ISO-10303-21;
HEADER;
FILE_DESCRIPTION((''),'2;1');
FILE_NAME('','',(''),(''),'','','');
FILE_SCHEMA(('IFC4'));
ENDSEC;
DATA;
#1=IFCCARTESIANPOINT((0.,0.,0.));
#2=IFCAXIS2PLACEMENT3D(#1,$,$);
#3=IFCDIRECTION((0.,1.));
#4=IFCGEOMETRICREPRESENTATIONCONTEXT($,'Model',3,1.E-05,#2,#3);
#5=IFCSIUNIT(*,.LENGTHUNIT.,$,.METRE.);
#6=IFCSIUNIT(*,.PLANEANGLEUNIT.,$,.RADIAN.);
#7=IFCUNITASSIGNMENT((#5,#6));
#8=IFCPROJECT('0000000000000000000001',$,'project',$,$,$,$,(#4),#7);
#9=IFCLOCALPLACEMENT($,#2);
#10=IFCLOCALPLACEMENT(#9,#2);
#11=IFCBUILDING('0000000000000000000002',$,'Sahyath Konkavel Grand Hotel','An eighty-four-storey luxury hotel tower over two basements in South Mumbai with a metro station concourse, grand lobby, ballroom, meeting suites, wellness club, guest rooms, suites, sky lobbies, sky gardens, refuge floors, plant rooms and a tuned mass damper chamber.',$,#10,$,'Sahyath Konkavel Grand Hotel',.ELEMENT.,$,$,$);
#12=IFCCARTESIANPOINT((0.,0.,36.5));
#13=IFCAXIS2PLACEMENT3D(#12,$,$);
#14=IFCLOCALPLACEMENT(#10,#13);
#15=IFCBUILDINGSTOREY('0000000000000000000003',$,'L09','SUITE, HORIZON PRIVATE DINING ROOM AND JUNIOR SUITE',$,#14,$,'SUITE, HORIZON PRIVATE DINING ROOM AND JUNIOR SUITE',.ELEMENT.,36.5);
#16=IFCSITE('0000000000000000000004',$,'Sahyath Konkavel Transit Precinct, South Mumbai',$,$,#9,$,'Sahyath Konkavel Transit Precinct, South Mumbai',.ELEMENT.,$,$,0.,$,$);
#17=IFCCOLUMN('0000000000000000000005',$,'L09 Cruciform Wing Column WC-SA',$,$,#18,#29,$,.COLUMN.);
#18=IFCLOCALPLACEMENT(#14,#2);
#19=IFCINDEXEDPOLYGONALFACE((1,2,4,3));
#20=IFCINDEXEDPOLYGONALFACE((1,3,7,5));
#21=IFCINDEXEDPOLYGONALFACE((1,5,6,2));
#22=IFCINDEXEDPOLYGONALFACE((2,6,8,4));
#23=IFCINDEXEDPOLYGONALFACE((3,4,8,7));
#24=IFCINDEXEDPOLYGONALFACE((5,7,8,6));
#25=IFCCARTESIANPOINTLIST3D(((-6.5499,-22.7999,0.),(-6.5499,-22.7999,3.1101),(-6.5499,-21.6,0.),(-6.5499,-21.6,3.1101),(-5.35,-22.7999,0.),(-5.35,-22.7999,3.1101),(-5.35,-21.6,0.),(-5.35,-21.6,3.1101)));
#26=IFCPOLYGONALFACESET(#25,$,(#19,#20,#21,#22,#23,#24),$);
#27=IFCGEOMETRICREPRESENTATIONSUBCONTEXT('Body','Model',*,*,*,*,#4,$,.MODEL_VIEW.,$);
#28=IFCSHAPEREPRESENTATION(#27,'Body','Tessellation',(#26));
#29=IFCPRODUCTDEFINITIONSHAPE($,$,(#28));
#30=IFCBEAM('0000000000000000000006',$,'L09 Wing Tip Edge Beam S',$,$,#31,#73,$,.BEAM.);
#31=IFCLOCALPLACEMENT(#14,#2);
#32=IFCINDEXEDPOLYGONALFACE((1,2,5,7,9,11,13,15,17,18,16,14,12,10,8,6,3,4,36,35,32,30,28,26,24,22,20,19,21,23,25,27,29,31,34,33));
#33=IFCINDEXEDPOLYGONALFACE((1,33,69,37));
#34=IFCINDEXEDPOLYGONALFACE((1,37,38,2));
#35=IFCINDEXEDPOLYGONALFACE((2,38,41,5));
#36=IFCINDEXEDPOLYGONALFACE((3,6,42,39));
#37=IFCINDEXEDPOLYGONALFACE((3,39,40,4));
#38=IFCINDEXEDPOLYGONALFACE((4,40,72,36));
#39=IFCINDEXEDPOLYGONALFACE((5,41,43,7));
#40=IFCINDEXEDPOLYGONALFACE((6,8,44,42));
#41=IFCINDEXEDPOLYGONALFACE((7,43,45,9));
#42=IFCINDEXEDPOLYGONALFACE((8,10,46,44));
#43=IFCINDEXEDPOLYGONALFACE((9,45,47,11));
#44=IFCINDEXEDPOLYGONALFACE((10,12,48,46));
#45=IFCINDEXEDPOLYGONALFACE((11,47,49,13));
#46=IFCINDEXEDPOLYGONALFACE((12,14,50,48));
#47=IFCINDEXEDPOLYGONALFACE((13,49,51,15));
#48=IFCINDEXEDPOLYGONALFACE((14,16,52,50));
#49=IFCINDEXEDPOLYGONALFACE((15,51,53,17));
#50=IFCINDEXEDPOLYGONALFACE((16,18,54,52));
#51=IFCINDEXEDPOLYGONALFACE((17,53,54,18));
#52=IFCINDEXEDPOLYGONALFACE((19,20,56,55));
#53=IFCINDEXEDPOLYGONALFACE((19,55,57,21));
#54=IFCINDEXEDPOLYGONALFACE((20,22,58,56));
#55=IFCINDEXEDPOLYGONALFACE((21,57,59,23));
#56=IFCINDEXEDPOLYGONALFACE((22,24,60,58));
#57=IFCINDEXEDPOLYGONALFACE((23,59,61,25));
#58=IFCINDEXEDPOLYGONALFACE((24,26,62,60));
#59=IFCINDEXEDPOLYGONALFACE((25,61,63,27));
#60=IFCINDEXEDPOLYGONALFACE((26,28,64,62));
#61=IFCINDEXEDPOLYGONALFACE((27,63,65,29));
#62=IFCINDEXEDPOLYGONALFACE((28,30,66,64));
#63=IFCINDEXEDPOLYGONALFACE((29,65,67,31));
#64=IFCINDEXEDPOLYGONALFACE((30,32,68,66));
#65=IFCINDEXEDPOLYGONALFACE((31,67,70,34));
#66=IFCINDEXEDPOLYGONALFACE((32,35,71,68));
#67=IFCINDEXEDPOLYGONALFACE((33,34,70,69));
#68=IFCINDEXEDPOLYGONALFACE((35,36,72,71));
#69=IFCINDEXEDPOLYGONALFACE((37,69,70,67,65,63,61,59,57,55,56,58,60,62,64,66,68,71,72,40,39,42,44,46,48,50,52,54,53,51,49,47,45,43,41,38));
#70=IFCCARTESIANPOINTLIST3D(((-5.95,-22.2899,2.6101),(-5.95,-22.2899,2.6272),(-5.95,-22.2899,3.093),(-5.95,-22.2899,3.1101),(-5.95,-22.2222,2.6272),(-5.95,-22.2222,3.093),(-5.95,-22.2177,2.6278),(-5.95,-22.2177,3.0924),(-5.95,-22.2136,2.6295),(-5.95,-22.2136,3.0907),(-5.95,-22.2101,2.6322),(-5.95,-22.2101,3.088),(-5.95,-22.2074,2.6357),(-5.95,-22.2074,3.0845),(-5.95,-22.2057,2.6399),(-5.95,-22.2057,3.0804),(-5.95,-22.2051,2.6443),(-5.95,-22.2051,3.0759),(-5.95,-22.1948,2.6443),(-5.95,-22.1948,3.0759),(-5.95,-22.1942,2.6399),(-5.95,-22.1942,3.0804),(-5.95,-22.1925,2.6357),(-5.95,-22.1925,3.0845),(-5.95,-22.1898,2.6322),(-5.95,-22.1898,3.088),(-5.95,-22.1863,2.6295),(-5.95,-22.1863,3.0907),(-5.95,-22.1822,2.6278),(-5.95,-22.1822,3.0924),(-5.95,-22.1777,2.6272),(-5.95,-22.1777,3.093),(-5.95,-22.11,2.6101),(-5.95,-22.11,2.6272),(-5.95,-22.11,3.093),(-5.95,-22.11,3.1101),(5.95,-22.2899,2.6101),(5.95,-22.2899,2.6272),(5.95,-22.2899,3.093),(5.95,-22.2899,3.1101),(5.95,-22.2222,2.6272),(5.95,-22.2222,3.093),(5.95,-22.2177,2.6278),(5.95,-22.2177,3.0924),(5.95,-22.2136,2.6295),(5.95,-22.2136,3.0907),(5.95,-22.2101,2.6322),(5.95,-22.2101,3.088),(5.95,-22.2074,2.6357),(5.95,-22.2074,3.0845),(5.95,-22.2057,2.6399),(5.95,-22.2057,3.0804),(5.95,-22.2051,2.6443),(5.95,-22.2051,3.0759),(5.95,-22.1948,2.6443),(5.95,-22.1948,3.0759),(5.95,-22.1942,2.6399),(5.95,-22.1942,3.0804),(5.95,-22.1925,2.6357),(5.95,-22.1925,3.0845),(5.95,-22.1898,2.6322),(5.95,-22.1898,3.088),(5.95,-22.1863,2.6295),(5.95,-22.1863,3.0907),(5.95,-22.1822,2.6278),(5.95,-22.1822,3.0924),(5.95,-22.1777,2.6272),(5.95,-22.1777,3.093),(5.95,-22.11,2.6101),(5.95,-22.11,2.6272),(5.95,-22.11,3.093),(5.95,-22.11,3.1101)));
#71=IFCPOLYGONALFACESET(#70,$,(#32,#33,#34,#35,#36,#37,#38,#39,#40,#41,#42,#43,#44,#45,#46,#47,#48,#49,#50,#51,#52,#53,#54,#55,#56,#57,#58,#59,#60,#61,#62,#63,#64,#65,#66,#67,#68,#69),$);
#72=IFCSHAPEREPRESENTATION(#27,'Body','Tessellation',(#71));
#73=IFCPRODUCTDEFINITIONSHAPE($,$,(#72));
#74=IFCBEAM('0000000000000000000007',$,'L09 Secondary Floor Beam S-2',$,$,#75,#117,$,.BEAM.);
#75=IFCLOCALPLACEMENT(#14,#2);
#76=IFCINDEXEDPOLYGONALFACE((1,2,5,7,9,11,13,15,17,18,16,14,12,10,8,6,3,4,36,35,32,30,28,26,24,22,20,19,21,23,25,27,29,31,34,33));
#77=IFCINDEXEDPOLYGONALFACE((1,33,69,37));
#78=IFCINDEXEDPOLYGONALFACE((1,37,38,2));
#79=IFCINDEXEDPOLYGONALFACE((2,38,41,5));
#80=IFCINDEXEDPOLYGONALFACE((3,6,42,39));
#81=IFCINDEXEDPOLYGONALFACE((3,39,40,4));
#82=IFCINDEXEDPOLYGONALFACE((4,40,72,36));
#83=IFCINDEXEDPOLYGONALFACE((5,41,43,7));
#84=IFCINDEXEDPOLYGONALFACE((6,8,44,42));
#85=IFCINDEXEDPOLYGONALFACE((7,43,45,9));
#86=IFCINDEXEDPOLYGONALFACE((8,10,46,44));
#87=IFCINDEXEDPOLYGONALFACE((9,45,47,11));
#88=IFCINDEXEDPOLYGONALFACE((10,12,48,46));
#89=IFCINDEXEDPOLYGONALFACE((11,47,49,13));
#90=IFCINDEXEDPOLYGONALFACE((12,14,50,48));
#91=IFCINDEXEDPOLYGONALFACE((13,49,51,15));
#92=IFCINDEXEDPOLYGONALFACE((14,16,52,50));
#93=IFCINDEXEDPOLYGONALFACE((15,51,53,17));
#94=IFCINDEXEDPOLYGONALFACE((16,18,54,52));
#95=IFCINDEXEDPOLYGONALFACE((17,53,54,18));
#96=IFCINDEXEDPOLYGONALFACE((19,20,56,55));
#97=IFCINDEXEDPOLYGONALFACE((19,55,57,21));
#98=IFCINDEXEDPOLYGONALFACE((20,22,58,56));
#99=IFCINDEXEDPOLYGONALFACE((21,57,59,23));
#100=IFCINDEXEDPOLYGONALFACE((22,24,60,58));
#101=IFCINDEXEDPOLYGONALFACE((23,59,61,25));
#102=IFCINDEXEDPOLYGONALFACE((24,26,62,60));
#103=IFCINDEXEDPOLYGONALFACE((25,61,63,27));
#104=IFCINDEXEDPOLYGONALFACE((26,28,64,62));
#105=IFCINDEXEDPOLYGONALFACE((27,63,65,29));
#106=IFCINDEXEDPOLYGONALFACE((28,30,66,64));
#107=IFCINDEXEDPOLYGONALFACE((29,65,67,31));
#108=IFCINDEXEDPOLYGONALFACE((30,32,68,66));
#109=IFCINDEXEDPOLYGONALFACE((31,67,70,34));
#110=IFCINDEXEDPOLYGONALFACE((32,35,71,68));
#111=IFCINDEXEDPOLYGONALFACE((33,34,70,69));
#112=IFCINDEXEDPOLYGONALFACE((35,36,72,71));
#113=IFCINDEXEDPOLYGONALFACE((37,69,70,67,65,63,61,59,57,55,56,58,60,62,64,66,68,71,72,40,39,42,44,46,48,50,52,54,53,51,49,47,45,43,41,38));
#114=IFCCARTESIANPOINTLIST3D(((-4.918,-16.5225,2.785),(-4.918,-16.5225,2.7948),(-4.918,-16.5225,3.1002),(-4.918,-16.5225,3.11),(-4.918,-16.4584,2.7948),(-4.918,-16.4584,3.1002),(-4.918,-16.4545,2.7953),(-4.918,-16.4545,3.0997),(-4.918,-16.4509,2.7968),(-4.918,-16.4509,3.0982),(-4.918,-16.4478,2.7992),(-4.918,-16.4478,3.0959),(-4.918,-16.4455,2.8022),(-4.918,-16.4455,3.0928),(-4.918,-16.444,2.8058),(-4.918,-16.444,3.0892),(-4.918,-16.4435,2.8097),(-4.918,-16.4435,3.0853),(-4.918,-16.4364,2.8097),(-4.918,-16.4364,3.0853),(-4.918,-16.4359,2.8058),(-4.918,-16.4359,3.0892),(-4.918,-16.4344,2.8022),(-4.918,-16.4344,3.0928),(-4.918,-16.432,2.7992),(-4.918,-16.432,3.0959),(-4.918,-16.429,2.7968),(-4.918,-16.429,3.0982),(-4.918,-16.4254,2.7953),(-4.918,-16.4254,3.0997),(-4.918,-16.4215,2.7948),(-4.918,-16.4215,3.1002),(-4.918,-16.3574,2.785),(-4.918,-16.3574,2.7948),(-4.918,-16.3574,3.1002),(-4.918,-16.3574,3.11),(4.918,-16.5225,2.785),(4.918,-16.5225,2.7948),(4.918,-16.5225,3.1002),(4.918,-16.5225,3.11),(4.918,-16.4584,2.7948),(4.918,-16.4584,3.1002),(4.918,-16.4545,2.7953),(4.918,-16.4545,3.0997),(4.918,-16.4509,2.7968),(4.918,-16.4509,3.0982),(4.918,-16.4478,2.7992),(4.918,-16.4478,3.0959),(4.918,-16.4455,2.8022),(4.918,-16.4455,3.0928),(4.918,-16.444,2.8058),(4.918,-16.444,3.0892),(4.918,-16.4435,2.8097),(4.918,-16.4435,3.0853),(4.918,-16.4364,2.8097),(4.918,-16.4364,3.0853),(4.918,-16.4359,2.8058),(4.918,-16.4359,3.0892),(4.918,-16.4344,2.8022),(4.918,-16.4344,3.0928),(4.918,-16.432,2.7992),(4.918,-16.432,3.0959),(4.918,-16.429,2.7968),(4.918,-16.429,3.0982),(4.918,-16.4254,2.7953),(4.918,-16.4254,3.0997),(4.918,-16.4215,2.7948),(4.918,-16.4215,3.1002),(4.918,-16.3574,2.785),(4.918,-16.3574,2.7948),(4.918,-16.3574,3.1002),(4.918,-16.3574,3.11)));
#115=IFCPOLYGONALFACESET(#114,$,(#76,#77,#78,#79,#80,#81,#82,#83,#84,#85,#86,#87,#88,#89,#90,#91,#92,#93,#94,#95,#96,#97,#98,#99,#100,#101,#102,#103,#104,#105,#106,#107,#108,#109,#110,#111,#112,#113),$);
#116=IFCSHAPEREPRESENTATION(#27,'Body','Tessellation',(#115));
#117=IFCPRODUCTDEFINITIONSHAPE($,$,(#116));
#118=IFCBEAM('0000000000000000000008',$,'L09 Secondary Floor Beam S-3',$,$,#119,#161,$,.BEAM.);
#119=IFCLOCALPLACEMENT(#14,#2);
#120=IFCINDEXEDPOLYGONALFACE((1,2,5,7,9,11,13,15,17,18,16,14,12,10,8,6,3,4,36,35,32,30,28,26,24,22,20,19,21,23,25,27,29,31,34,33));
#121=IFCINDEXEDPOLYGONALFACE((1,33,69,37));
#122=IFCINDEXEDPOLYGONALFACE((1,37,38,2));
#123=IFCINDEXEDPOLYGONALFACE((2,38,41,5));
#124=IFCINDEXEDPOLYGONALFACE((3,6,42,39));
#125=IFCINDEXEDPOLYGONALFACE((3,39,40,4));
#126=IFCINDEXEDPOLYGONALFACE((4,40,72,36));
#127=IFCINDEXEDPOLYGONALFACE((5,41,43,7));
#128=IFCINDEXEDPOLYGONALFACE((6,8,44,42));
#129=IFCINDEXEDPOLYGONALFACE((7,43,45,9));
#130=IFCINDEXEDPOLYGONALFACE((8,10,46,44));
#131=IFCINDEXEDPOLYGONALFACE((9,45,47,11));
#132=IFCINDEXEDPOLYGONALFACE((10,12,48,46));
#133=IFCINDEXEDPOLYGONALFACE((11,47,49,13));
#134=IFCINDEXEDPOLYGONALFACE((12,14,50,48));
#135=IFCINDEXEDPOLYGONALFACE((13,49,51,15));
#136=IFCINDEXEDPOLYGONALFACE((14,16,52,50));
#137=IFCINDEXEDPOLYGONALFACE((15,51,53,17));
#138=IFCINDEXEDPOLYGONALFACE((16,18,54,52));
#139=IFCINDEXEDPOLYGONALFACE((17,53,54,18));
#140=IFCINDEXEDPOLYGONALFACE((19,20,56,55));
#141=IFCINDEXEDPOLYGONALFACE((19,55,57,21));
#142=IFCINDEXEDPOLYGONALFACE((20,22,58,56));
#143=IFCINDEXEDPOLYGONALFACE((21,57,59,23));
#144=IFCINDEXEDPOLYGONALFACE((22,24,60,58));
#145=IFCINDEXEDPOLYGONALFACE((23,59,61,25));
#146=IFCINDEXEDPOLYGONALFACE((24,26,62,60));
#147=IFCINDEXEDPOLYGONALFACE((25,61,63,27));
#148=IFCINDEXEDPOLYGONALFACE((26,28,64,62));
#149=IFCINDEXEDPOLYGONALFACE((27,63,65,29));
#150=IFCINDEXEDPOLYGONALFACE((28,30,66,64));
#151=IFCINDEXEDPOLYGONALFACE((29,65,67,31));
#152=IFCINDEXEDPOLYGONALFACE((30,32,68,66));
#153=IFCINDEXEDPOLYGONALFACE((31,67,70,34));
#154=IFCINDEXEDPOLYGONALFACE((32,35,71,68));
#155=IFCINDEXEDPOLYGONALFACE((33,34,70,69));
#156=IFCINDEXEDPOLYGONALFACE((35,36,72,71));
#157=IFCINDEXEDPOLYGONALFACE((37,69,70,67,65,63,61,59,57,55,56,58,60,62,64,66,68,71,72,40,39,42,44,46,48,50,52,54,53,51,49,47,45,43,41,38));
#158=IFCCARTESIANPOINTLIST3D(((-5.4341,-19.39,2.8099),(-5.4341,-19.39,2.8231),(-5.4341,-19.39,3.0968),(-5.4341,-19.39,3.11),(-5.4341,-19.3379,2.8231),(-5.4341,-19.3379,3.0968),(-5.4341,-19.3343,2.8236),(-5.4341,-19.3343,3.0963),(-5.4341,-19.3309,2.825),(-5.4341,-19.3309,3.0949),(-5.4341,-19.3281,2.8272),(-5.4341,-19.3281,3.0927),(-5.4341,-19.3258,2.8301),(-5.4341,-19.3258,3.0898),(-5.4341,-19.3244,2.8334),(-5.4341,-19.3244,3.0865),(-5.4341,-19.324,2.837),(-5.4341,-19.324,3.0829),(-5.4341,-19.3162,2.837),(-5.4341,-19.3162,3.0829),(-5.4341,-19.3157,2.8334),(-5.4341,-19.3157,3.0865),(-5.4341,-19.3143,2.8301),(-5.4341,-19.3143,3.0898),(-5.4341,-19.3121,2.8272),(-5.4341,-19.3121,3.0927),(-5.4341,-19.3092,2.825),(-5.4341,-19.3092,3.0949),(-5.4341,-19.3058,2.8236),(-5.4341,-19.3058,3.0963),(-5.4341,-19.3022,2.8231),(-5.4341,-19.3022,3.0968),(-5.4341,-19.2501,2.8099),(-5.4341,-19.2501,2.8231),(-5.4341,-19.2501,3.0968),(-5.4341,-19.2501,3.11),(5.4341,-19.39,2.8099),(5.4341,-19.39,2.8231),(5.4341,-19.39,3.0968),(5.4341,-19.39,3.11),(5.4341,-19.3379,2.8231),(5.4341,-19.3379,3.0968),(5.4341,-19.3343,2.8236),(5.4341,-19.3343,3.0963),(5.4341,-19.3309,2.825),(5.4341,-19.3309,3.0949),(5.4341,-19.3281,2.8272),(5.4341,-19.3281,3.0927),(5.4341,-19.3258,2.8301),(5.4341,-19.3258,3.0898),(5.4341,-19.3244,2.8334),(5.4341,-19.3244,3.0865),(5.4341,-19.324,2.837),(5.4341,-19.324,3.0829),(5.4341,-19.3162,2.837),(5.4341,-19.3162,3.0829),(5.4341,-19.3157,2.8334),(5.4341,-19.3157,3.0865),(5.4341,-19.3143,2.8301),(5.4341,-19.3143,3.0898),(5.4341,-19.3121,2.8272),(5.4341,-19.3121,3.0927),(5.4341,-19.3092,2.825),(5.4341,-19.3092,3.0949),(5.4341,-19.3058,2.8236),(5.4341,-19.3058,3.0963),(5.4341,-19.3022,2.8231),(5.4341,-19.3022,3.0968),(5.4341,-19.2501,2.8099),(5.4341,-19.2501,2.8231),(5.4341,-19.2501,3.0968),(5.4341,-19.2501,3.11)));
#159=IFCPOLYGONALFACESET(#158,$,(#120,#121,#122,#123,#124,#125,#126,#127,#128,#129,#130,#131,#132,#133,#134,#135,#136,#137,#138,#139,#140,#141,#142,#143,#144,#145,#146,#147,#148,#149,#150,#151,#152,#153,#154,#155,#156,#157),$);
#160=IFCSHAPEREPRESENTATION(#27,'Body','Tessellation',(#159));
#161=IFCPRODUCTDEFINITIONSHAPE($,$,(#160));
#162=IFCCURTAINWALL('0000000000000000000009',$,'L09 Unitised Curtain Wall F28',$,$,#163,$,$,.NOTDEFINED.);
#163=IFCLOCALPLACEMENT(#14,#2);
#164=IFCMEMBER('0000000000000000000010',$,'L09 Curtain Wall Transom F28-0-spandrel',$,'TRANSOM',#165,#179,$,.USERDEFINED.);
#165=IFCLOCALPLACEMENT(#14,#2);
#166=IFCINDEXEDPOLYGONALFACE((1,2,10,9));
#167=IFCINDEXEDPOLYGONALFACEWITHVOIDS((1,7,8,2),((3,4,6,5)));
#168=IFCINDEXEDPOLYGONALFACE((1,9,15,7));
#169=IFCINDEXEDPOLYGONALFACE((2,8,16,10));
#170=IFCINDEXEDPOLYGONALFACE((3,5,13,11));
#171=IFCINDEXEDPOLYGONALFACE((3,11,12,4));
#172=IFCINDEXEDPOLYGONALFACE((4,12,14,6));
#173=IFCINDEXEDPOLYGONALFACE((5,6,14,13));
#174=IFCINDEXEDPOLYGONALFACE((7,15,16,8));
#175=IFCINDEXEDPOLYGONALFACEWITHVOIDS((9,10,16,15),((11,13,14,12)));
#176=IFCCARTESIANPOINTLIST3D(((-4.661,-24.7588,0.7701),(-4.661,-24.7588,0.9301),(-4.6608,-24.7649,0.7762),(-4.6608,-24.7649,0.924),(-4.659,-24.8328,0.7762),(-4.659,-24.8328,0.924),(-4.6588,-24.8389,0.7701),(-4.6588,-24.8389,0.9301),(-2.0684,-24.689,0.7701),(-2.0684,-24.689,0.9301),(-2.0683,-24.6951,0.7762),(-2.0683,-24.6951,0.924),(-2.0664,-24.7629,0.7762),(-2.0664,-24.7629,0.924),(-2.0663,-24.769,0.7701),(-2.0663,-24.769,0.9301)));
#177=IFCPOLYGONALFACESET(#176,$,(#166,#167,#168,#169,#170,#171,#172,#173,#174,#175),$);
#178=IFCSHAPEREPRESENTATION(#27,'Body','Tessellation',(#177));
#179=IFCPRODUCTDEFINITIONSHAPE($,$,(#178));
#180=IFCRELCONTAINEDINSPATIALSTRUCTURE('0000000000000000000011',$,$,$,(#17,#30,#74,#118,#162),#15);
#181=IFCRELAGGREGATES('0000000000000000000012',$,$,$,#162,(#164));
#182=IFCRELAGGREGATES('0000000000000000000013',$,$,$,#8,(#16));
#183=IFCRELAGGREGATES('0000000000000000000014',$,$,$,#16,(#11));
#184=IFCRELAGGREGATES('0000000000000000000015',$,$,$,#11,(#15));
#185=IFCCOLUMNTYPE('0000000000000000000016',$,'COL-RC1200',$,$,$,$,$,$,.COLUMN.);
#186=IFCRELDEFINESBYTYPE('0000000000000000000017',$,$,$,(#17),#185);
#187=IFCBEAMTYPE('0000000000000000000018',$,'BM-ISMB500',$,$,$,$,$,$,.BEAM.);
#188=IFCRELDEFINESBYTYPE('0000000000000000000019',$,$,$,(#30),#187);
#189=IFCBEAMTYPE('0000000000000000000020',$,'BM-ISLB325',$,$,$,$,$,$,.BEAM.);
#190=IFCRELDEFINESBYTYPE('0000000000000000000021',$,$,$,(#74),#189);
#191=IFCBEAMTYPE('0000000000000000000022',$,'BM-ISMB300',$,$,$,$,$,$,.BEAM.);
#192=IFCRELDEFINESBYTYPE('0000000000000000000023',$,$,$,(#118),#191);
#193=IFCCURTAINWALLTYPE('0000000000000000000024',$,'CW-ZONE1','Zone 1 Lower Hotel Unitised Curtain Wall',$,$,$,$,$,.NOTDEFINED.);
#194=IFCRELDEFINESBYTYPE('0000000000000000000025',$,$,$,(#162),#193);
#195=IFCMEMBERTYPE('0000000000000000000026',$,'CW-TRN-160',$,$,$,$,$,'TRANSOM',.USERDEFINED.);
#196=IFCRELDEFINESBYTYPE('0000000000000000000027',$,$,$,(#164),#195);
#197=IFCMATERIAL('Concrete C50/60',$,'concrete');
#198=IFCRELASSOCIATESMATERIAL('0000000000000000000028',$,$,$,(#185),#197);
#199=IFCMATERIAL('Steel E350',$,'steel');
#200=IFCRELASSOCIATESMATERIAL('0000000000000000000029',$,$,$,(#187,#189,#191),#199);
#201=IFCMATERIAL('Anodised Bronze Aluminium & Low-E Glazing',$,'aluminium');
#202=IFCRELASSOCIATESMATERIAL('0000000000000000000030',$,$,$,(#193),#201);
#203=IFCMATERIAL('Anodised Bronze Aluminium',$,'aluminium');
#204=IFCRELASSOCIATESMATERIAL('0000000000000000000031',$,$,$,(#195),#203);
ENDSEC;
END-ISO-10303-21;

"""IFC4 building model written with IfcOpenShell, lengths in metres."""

from ifc_helpers import new_model, si_unit, direction, frame, origin, origin_2d, place, context, subcontext, project, spatial, rectangle, hollow_rectangle, i_section, extrude, source, transform, mapped, material, material_profile, profile_set, type_object, element, aggregate, save


model = new_model("IFC4")

# Units and contexts
model_context = context("Model", 3, precision=1e-05, world=origin(), true_north=direction((0.0, 1.0)))
body_context = subcontext(model_context, "Body", "Model", "MODEL_VIEW")
ifc_project = project(units=[si_unit("LENGTHUNIT", "METRE"), si_unit("PLANEANGLEUNIT", "RADIAN")], contexts=[model_context])

# Site, building, storey
site_placement = place(None, origin())
site = spatial("IfcSite", under=ifc_project, at=site_placement, Name="Sahyath Konkavel Transit Precinct, South Mumbai", LongName="Sahyath Konkavel Transit Precinct, South Mumbai", CompositionType="ELEMENT", RefElevation=0.0)
building_placement = place(site_placement, origin())
building = spatial("IfcBuilding", under=site, at=building_placement, Name="Sahyath Konkavel Grand Hotel", Description="An eighty-four-storey luxury hotel tower over two basements in South Mumbai with a metro station concourse, grand lobby, ballroom, meeting suites, wellness club, guest rooms, suites, sky lobbies, sky gardens, refuge floors, plant rooms and a tuned mass damper chamber.", LongName="Sahyath Konkavel Grand Hotel", CompositionType="ELEMENT")
storey_placement = place(building_placement, frame((0.0, 0.0, 36.5)))
storey = spatial("IfcBuildingStorey", under=building, at=storey_placement, Name="L09", Description="SUITE, HORIZON PRIVATE DINING ROOM AND JUNIOR SUITE", LongName="SUITE, HORIZON PRIVATE DINING ROOM AND JUNIOR SUITE", CompositionType="ELEMENT", Elevation=36.5)

# Column
ifc_material_1 = material(Name="Concrete C50/60", Category="concrete")
ifc_material_profile_1 = material_profile(ifc_material_1, rectangle(XDim=1.2, YDim=1.2, at=origin_2d()), Name="RC 1200x1200")
ifc_profile_set_1 = profile_set([ifc_material_profile_1], Name="Concrete C50/60")
column_type = type_object("IfcColumnType", Name="COL-RC1200", PredefinedType="COLUMN", material=ifc_profile_set_1)
shared_shape_1 = source(origin(), body_context, "Body", "SweptSolid", [
    extrude(rectangle(XDim=1.2, YDim=1.2, at=origin_2d()), origin(), (0.0, 0.0, 1.0), 3.1101),
])
column_placement = place(storey_placement, frame((-5.95, -22.2, 0.0), z_axis=(0.0, 0.0, 1.0), x_axis=(1.0, 0.0, 0.0)))
element("IfcColumn", 1, at=column_placement, inside=storey, type_object=column_type, Name="L09 Cruciform Wing Column WC-SA", PredefinedType="COLUMN", context=body_context, shape_type="MappedRepresentation", body=[
    mapped(shared_shape_1, transform((0.0, 0.0, 0.0), scale=1.0)),
])

# Beams
ifc_material_2 = material(Name="Steel E350", Category="steel")
ifc_material_profile_2 = material_profile(ifc_material_2, i_section(OverallWidth=0.1799, OverallDepth=0.5, WebThickness=0.0103, FlangeThickness=0.0171, FilletRadius=0.0171, at=origin_2d()), Name="ISMB 500")
ifc_profile_set_2 = profile_set([ifc_material_profile_2], Name="Steel E350")
beam_type_1 = type_object("IfcBeamType", Name="BM-ISMB500", PredefinedType="BEAM", material=ifc_profile_set_2)
shared_shape_2 = source(origin(), body_context, "Body", "SweptSolid", [
    extrude(i_section(OverallWidth=0.1799, OverallDepth=0.5, WebThickness=0.0103, FlangeThickness=0.0171, FilletRadius=0.0171, at=origin_2d()), origin(), (0.0, 0.0, 1.0), 11.8999),
])
beam_1_placement = place(storey_placement, frame((-5.95, -22.2, 2.8601), z_axis=(1.0, 0.0, 0.0), x_axis=(0.0, 1.0, 0.0)))
element("IfcBeam", 2, at=beam_1_placement, inside=storey, type_object=beam_type_1, Name="L09 Wing Tip Edge Beam S", PredefinedType="BEAM", context=body_context, shape_type="MappedRepresentation", body=[
    mapped(shared_shape_2, transform((0.0, 0.0, 0.0), scale=1.0)),
])
ifc_material_profile_3 = material_profile(ifc_material_2, i_section(OverallWidth=0.165, OverallDepth=0.325, WebThickness=0.0071, FlangeThickness=0.0098, FilletRadius=0.0149, at=origin_2d()), Name="ISLB 325")
ifc_profile_set_3 = profile_set([ifc_material_profile_3], Name="Steel E350")
beam_type_2 = type_object("IfcBeamType", Name="BM-ISLB325", PredefinedType="BEAM", material=ifc_profile_set_3)
shared_shape_3 = source(origin(), body_context, "Body", "SweptSolid", [
    extrude(i_section(OverallWidth=0.165, OverallDepth=0.325, WebThickness=0.0071, FlangeThickness=0.0098, FilletRadius=0.0149, at=origin_2d()), origin(), (0.0, 0.0, 1.0), 9.8359),
])
beam_2_placement = place(storey_placement, frame((-4.918, -16.4399, 2.9475), z_axis=(1.0, 0.0, 0.0), x_axis=(0.0, 1.0, 0.0)))
element("IfcBeam", 3, at=beam_2_placement, inside=storey, type_object=beam_type_2, Name="L09 Secondary Floor Beam S-2", PredefinedType="BEAM", context=body_context, shape_type="MappedRepresentation", body=[
    mapped(shared_shape_3, transform((0.0, 0.0, 0.0), scale=1.0)),
])
ifc_material_profile_4 = material_profile(ifc_material_2, i_section(OverallWidth=0.1399, OverallDepth=0.3, WebThickness=0.0078, FlangeThickness=0.0132, FilletRadius=0.0139, at=origin_2d()), Name="ISMB 300")
ifc_profile_set_4 = profile_set([ifc_material_profile_4], Name="Steel E350")
beam_type_3 = type_object("IfcBeamType", Name="BM-ISMB300", PredefinedType="BEAM", material=ifc_profile_set_4)
shared_shape_4 = source(origin(), body_context, "Body", "SweptSolid", [
    extrude(i_section(OverallWidth=0.1399, OverallDepth=0.3, WebThickness=0.0078, FlangeThickness=0.0132, FilletRadius=0.0139, at=origin_2d()), origin(), (0.0, 0.0, 1.0), 10.8682),
])
beam_3_placement = place(storey_placement, frame((-5.4341, -19.3201, 2.96), z_axis=(1.0, 0.0, 0.0), x_axis=(0.0, 1.0, 0.0)))
element("IfcBeam", 4, at=beam_3_placement, inside=storey, type_object=beam_type_3, Name="L09 Secondary Floor Beam S-3", PredefinedType="BEAM", context=body_context, shape_type="MappedRepresentation", body=[
    mapped(shared_shape_4, transform((0.0, 0.0, 0.0), scale=1.0)),
])

# Curtain wall, member
ifc_material_3 = material(Name="Anodised Bronze Aluminium & Low-E Glazing", Category="aluminium")
curtain_wall_type = type_object("IfcCurtainWallType", Name="CW-ZONE1", Description="Zone 1 Lower Hotel Unitised Curtain Wall", PredefinedType="NOTDEFINED", material=ifc_material_3)
curtain_wall_1_placement = place(storey_placement, origin())
curtain_wall_1 = element("IfcCurtainWall", 5, at=curtain_wall_1_placement, inside=storey, type_object=curtain_wall_type, Name="L09 Unitised Curtain Wall F28", PredefinedType="NOTDEFINED")
ifc_material_4 = material(Name="Anodised Bronze Aluminium", Category="aluminium")
ifc_material_profile_5 = material_profile(ifc_material_4, hollow_rectangle(XDim=0.0801, YDim=0.1599, WallThickness=0.0061, at=origin_2d()), Name="RHS 160x80x6")
ifc_profile_set_5 = profile_set([ifc_material_profile_5], Name="Anodised Bronze Aluminium")
member_type_1 = type_object("IfcMemberType", Name="CW-TRN-160", ElementType="TRANSOM", PredefinedType="USERDEFINED", material=ifc_profile_set_5)
shared_shape_5 = source(origin(), body_context, "Body", "SweptSolid", [
    extrude(hollow_rectangle(XDim=0.0801, YDim=0.1599, WallThickness=0.0061, at=origin_2d()), origin(), (0.0, 0.0, 1.0), 2.5935),
])
member_1_placement = place(storey_placement, frame((-4.6599, -24.7988, 0.8501), z_axis=(0.999638, 0.026923, 0.0), x_axis=(-0.026923, 0.999638, 0.0)))
member_1 = element("IfcMember", 6, at=member_1_placement, type_object=member_type_1, Name="L09 Curtain Wall Transom F28-0-spandrel", ObjectType="TRANSOM", PredefinedType="USERDEFINED", context=body_context, shape_type="MappedRepresentation", body=[
    mapped(shared_shape_5, transform((0.0, 0.0, 0.0), scale=1.0)),
])

aggregate(curtain_wall_1, [member_1])

save(model, "model.ifc")
